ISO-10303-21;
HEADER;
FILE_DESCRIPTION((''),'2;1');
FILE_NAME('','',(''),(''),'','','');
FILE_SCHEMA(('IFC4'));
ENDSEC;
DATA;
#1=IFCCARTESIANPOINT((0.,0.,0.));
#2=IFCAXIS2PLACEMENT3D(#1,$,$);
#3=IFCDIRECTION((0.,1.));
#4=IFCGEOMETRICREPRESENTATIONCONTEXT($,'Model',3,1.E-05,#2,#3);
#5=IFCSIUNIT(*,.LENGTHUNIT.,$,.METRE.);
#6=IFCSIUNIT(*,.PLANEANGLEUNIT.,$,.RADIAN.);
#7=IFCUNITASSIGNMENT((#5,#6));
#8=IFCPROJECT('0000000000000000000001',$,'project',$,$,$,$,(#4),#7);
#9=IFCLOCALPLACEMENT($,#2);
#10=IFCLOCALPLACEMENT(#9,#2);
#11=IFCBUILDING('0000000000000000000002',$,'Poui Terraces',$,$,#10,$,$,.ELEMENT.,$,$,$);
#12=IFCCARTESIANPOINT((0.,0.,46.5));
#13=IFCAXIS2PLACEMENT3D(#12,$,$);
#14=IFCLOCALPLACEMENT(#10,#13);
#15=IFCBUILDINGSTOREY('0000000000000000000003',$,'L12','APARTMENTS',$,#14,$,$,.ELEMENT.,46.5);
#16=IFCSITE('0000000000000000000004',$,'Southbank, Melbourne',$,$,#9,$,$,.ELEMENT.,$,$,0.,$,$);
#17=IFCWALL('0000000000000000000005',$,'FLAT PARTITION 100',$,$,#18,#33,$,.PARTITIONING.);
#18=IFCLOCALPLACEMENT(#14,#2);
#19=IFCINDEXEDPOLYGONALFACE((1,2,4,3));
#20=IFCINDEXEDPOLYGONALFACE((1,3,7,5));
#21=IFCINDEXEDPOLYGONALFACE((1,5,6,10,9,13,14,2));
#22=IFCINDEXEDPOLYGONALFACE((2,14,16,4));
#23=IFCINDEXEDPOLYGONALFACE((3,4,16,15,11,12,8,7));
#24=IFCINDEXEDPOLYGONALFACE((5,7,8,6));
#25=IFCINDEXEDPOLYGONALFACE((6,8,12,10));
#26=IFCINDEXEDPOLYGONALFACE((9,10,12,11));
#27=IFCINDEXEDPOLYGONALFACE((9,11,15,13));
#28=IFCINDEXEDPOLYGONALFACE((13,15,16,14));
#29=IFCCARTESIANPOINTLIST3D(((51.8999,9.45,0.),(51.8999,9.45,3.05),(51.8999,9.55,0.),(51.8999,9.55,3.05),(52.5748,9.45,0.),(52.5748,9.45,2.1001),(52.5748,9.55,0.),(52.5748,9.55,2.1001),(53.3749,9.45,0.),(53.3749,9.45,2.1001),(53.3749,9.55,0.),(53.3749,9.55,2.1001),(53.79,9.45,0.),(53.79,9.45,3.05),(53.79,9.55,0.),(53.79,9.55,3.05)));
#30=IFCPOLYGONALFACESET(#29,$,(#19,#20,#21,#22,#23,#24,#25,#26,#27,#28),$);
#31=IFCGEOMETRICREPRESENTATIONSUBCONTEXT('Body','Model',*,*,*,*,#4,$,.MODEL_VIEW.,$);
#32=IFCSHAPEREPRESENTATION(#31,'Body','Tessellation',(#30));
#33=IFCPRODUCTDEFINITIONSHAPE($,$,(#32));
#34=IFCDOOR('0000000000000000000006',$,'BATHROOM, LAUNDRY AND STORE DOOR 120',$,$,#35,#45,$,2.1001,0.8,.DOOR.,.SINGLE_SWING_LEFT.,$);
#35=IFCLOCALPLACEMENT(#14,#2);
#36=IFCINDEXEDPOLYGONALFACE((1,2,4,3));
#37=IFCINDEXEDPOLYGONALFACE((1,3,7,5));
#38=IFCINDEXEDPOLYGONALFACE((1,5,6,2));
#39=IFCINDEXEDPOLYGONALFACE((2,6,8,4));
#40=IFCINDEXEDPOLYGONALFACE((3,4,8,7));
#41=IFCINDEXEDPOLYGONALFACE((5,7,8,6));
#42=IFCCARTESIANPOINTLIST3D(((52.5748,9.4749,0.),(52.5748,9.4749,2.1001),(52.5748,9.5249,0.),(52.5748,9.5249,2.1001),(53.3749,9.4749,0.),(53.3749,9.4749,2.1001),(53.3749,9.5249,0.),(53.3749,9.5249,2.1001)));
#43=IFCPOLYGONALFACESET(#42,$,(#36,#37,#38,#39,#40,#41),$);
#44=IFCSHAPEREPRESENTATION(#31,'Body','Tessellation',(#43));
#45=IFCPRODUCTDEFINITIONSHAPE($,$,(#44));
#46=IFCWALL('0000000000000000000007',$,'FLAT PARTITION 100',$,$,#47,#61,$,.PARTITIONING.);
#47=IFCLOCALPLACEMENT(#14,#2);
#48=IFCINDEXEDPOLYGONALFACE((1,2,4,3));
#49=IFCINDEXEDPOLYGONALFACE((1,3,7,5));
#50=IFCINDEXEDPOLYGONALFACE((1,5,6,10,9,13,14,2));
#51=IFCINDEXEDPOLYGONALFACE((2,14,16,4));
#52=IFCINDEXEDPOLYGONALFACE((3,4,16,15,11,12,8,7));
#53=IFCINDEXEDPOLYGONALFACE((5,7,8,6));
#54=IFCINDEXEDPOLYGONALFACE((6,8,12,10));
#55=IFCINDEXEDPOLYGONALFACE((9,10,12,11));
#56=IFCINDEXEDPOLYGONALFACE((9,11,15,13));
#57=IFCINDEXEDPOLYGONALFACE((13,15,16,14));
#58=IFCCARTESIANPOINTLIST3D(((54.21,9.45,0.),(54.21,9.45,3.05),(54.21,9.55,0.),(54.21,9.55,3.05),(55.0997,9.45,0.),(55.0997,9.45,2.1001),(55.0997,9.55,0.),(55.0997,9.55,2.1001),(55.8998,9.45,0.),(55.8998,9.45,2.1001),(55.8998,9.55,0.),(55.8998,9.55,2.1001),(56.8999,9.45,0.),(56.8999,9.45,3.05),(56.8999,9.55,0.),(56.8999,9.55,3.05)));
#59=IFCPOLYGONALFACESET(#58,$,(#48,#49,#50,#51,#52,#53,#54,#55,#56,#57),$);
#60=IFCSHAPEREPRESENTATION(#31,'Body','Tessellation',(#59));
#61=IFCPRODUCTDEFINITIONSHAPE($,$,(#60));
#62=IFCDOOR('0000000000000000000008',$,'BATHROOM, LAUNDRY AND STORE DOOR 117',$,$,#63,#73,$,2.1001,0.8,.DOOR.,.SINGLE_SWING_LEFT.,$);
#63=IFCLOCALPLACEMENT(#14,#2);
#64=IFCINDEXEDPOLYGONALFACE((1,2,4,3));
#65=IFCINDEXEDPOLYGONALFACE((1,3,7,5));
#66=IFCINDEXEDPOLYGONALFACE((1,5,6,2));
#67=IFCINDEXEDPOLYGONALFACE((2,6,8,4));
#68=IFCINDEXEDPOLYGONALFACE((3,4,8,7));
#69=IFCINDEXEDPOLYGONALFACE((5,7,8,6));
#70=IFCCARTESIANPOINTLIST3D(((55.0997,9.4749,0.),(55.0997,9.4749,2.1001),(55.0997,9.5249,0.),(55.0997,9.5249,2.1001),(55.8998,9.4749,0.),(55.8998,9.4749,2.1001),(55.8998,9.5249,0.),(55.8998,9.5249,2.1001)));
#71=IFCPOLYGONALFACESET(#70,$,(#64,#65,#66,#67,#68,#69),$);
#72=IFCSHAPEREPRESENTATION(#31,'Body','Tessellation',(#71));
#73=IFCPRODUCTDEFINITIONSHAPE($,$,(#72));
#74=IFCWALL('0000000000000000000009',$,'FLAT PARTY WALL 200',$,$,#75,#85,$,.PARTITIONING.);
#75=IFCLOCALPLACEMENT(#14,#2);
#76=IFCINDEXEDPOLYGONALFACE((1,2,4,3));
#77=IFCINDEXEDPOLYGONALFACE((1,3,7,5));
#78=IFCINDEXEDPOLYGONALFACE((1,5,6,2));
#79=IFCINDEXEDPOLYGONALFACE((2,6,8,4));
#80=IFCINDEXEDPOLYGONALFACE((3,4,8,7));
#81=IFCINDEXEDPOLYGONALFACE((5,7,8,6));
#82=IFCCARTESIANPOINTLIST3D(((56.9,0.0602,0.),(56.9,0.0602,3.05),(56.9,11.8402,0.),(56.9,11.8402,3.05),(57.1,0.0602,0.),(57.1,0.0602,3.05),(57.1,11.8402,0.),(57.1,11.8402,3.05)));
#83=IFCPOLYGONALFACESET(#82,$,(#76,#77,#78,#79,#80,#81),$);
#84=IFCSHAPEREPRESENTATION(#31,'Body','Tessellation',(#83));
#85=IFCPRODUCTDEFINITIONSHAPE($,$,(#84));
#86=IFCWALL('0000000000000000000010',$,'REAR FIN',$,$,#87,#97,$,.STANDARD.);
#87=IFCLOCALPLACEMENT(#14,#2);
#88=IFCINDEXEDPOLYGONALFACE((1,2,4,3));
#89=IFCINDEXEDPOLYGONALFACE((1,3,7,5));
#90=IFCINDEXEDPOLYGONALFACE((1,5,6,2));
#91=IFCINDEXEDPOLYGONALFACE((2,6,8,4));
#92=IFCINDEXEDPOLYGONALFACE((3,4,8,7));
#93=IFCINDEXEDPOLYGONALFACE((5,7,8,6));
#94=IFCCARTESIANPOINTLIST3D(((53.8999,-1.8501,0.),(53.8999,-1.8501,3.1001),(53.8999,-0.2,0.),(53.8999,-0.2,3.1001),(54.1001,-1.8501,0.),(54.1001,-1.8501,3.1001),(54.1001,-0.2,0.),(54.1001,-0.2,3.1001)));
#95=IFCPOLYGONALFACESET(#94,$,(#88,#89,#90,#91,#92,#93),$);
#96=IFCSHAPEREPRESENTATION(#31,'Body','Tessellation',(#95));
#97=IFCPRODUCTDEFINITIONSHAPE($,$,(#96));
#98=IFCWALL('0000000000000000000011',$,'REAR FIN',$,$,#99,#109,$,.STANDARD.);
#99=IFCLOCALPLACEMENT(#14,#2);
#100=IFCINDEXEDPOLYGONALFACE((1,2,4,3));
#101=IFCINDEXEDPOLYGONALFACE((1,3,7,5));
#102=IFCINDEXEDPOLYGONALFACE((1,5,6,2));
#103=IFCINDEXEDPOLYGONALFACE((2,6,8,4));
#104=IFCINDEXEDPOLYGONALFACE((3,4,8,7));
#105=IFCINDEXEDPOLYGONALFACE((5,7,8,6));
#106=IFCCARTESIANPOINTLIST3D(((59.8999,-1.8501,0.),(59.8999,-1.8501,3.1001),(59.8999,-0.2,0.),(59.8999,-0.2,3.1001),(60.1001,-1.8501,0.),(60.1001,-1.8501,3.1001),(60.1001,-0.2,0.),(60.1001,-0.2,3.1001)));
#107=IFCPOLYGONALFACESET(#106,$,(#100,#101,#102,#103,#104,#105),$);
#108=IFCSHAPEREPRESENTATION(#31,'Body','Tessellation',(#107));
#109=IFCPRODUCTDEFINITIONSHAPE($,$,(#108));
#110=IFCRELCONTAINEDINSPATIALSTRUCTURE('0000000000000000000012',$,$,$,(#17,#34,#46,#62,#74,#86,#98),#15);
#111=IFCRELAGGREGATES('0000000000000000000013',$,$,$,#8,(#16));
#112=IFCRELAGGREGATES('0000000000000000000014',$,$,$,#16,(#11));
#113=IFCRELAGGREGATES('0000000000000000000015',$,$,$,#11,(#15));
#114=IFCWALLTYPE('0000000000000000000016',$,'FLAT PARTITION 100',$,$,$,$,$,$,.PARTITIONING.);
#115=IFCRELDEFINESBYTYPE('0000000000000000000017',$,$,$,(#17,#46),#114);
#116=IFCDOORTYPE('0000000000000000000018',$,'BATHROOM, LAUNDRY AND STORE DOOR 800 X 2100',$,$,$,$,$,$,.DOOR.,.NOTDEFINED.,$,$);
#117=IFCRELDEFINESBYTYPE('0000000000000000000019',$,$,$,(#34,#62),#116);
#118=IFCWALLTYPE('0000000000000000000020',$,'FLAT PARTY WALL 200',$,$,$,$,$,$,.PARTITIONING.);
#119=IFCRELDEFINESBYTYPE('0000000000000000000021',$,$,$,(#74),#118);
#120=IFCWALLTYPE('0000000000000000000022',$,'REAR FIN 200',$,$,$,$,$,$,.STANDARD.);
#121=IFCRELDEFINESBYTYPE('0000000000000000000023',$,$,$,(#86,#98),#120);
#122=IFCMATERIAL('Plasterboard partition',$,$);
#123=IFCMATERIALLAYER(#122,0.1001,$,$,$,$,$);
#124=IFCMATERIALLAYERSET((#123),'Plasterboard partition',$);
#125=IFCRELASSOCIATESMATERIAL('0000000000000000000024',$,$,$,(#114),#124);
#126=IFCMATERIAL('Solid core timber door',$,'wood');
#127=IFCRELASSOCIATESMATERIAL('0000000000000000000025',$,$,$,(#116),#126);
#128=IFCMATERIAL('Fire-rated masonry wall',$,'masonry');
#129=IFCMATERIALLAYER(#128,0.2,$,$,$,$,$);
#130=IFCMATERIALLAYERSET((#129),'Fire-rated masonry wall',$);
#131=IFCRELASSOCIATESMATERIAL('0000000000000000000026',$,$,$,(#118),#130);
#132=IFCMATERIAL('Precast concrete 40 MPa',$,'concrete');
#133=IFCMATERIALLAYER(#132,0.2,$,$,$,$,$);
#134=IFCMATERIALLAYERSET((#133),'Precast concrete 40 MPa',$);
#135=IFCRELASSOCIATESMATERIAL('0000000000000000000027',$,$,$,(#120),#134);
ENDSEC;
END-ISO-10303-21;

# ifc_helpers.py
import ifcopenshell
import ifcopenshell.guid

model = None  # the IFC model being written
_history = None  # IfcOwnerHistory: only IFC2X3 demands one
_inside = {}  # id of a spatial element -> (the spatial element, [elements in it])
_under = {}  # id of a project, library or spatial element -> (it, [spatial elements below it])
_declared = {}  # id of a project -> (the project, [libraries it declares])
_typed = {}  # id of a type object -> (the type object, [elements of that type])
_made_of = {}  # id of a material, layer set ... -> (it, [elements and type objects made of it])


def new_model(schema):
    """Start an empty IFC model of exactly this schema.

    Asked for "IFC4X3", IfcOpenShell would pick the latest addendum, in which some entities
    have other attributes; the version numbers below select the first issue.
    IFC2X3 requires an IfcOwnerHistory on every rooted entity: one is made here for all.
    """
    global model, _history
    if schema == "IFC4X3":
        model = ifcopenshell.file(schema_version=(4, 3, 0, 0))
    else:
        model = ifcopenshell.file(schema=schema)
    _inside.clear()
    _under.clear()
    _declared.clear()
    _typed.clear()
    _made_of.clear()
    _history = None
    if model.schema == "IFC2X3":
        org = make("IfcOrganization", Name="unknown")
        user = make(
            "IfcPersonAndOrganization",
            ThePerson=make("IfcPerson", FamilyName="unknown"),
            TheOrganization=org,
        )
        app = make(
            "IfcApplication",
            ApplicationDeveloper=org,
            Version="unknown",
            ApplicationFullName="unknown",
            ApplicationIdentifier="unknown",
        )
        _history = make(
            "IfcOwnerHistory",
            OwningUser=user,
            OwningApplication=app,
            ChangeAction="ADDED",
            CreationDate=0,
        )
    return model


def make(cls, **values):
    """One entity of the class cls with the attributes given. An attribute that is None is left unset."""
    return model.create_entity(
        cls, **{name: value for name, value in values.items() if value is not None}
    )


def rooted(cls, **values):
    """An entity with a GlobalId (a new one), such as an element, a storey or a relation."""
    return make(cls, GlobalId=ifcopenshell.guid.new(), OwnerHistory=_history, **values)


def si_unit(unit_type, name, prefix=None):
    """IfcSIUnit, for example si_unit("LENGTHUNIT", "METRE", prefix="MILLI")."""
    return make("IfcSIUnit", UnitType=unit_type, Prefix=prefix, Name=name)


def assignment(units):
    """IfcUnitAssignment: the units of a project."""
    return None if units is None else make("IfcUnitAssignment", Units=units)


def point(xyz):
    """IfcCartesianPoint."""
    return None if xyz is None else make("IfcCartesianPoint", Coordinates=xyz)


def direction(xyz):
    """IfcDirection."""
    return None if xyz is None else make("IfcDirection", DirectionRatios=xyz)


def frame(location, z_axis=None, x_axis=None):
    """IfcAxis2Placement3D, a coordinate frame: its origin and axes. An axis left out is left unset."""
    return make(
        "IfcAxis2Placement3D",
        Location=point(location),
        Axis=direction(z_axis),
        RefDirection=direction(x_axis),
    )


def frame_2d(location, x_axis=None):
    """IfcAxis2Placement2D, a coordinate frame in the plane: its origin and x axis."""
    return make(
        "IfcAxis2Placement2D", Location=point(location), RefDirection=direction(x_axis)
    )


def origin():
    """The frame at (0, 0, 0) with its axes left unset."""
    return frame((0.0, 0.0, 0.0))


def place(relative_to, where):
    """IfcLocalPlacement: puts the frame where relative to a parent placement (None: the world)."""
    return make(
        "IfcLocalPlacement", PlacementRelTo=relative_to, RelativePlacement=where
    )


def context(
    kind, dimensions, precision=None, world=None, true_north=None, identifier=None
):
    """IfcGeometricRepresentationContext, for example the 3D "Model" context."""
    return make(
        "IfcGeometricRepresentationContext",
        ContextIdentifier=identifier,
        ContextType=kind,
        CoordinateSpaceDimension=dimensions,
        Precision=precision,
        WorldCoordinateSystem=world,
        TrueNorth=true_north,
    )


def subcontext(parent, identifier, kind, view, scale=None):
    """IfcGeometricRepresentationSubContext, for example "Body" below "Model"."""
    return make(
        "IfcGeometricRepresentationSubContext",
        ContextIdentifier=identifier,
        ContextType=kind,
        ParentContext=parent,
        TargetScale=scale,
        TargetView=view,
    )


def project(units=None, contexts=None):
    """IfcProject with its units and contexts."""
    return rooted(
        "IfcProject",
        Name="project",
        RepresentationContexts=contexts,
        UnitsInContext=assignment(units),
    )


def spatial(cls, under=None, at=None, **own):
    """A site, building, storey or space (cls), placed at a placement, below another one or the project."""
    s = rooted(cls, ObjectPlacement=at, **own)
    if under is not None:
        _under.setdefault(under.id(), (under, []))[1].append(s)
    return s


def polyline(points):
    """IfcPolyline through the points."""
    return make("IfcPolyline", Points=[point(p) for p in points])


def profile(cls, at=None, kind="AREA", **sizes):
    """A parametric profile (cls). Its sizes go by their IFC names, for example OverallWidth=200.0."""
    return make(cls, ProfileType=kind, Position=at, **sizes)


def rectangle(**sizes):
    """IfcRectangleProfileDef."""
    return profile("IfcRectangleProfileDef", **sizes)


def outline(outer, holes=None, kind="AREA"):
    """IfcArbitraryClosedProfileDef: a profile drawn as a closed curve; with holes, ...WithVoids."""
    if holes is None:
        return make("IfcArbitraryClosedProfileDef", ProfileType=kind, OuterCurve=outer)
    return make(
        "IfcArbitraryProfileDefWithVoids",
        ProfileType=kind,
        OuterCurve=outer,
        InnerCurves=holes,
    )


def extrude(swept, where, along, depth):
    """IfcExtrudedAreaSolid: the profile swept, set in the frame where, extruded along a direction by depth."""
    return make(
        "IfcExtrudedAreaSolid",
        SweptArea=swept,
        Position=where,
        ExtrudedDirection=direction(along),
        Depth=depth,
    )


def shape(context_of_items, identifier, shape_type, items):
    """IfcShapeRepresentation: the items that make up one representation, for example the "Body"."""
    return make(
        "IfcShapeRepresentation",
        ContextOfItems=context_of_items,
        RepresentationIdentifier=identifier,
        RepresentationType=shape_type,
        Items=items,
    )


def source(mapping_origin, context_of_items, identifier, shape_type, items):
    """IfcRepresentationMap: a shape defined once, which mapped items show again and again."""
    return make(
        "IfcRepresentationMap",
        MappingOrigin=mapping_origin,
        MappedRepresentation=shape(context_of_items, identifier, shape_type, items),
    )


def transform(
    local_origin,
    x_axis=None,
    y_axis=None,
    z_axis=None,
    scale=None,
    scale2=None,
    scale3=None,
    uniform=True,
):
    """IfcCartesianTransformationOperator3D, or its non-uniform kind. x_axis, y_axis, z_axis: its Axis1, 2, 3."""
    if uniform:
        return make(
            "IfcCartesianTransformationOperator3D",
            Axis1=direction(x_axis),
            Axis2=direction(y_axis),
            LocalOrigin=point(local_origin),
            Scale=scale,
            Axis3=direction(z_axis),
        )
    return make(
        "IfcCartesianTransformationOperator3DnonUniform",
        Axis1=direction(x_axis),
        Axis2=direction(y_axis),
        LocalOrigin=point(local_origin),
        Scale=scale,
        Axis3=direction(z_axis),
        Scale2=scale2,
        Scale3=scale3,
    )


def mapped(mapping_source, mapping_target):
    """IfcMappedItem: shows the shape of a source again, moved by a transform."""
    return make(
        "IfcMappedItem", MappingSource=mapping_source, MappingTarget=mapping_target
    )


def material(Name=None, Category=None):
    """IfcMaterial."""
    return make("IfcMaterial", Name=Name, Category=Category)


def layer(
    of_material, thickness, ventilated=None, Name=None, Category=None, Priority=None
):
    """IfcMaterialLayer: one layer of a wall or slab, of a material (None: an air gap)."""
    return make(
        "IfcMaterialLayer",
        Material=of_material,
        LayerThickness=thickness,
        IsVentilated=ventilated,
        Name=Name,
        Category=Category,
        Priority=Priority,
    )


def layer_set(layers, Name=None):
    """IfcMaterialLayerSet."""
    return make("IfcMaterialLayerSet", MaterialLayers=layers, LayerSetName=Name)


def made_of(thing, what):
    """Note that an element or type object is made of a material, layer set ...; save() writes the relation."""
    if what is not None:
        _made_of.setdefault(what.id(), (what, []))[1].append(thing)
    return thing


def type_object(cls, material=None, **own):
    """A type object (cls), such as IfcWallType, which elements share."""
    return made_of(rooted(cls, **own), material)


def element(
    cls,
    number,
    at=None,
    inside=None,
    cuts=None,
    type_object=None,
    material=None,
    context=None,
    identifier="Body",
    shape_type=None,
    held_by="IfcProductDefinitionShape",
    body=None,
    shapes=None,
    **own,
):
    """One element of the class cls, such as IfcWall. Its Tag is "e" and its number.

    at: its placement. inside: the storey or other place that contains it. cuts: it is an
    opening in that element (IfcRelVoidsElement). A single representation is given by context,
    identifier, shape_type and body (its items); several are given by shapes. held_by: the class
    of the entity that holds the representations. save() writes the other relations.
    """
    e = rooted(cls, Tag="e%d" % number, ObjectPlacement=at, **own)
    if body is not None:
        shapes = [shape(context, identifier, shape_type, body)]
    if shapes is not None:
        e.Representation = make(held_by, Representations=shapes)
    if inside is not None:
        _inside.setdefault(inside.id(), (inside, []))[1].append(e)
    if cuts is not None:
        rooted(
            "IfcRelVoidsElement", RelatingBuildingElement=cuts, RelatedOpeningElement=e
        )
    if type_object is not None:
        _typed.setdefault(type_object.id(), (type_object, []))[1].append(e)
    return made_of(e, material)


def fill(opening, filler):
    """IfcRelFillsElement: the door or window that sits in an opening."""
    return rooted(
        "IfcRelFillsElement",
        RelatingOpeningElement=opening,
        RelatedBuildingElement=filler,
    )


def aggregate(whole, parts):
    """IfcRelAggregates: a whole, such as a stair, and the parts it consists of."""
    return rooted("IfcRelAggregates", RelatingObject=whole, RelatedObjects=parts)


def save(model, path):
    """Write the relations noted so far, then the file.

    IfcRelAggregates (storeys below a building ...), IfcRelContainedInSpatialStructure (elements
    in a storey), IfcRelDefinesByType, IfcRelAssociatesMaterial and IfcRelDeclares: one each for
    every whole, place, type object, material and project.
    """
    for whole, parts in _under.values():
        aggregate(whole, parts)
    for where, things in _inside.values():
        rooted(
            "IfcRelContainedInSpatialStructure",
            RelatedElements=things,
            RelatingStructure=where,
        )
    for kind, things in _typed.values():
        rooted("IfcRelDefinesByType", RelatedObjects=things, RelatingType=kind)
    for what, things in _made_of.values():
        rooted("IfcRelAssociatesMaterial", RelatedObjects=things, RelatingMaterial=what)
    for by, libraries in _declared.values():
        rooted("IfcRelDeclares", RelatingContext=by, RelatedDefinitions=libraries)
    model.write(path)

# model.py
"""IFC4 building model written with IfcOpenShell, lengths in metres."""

from ifc_helpers import new_model, si_unit, direction, frame, frame_2d, origin, place, context, subcontext, project, spatial, polyline, rectangle, outline, extrude, source, transform, mapped, material, layer, layer_set, type_object, element, fill, save


model = new_model("IFC4")

# Units and contexts
model_context = context("Model", 3, precision=1e-05, world=origin(), true_north=direction((0.0, 1.0)))
body_context = subcontext(model_context, "Body", "Model", "MODEL_VIEW")
ifc_project = project(units=[si_unit("LENGTHUNIT", "METRE"), si_unit("PLANEANGLEUNIT", "RADIAN")], contexts=[model_context])

# Site, building, storey
site_placement = place(None, origin())
site = spatial("IfcSite", under=ifc_project, at=site_placement, Name="Southbank, Melbourne", CompositionType="ELEMENT", RefElevation=0.0)
building_placement = place(site_placement, origin())
building = spatial("IfcBuilding", under=site, at=building_placement, Name="Poui Terraces", CompositionType="ELEMENT")
storey_placement = place(building_placement, frame((0.0, 0.0, 46.5)))
storey = spatial("IfcBuildingStorey", under=building, at=storey_placement, Name="L12", Description="APARTMENTS", CompositionType="ELEMENT", Elevation=46.5)

# Shared definitions
ifc_material_1 = material(Name="Precast concrete 40 MPa", Category="concrete")

# Walls, openings, doors
ifc_material_2 = material(Name="Solid core timber door", Category="wood")
ifc_material_3 = material(Name="Plasterboard partition")
ifc_layer_1 = layer(ifc_material_3, 0.1001)
ifc_layer_set_1 = layer_set([ifc_layer_1], Name="Plasterboard partition")
wall_type_1 = type_object("IfcWallType", Name="FLAT PARTITION 100", PredefinedType="PARTITIONING", material=ifc_layer_set_1)
door_type_1 = type_object("IfcDoorType", Name="BATHROOM, LAUNDRY AND STORE DOOR 800 X 2100", OperationType="NOTDEFINED", PredefinedType="DOOR", material=ifc_material_2)
wall_1_placement = place(storey_placement, frame((51.8999, 9.5, 0.0), z_axis=(0.0, 0.0, 1.0), x_axis=(1.0, 0.0, 0.0)))
wall_1 = element("IfcWall", 1, at=wall_1_placement, inside=storey, type_object=wall_type_1, Name="FLAT PARTITION 100", PredefinedType="PARTITIONING", context=body_context, shape_type="SweptSolid", body=[
    extrude(rectangle(XDim=1.8901, YDim=0.1001, at=frame_2d((0.9451, 0.0))), origin(), (0.0, 0.0, 1.0), 3.05),
])
opening_1_placement = place(wall_1_placement, frame((0.675, 0.0, 0.0)))
opening_1 = element("IfcOpeningElement", 2, at=opening_1_placement, cuts=wall_1, PredefinedType="OPENING", context=body_context, shape_type="SweptSolid", body=[
    extrude(rectangle(XDim=0.8, YDim=2.1001, at=frame_2d((0.3999, 1.05))), frame((0.0, 0.0601, 0.0), z_axis=(0.0, -1.0, 0.0), x_axis=(1.0, 0.0, 0.0)), (0.0, 0.0, 1.0), 0.1201),
])
door_1_placement = place(opening_1_placement, origin())
door_1 = element("IfcDoor", 3, at=door_1_placement, inside=storey, type_object=door_type_1, Name="BATHROOM, LAUNDRY AND STORE DOOR 120", OperationType="SINGLE_SWING_LEFT", OverallHeight=2.1001, OverallWidth=0.8, PredefinedType="DOOR", context=body_context, shape_type="SweptSolid", body=[
    extrude(rectangle(XDim=0.8, YDim=2.1001, at=frame_2d((0.3999, 1.05))), frame((0.0, 0.0249, 0.0), z_axis=(0.0, -1.0, 0.0), x_axis=(1.0, 0.0, 0.0)), (0.0, 0.0, 1.0), 0.05),
])
fill(opening_1, door_1)
wall_2_placement = place(storey_placement, frame((54.21, 9.5, 0.0), z_axis=(0.0, 0.0, 1.0), x_axis=(1.0, 0.0, 0.0)))
wall_2 = element("IfcWall", 4, at=wall_2_placement, inside=storey, type_object=wall_type_1, Name="FLAT PARTITION 100", PredefinedType="PARTITIONING", context=body_context, shape_type="SweptSolid", body=[
    extrude(rectangle(XDim=2.6899, YDim=0.1001, at=frame_2d((1.345, 0.0))), origin(), (0.0, 0.0, 1.0), 3.05),
])
opening_2_placement = place(wall_2_placement, frame((0.8899, 0.0, 0.0)))
opening_2 = element("IfcOpeningElement", 5, at=opening_2_placement, cuts=wall_2, PredefinedType="OPENING", context=body_context, shape_type="SweptSolid", body=[
    extrude(rectangle(XDim=0.8, YDim=2.1001, at=frame_2d((0.3999, 1.05))), frame((0.0, 0.0601, 0.0), z_axis=(0.0, -1.0, 0.0), x_axis=(1.0, 0.0, 0.0)), (0.0, 0.0, 1.0), 0.1201),
])
door_2_placement = place(opening_2_placement, origin())
door_2 = element("IfcDoor", 6, at=door_2_placement, inside=storey, type_object=door_type_1, Name="BATHROOM, LAUNDRY AND STORE DOOR 117", OperationType="SINGLE_SWING_LEFT", OverallHeight=2.1001, OverallWidth=0.8, PredefinedType="DOOR", context=body_context, shape_type="SweptSolid", body=[
    extrude(rectangle(XDim=0.8, YDim=2.1001, at=frame_2d((0.3999, 1.05))), frame((0.0, 0.0249, 0.0), z_axis=(0.0, -1.0, 0.0), x_axis=(1.0, 0.0, 0.0)), (0.0, 0.0, 1.0), 0.05),
])
fill(opening_2, door_2)

# Walls
ifc_material_4 = material(Name="Fire-rated masonry wall", Category="masonry")
ifc_layer_2 = layer(ifc_material_4, 0.2)
ifc_layer_set_2 = layer_set([ifc_layer_2], Name="Fire-rated masonry wall")
wall_type_2 = type_object("IfcWallType", Name="FLAT PARTY WALL 200", PredefinedType="PARTITIONING", material=ifc_layer_set_2)
wall_3_placement = place(storey_placement, frame((57.0, 0.0601, 0.0), z_axis=(0.0, 0.0, 1.0), x_axis=(0.0, 1.0, 0.0)))
element("IfcWall", 7, at=wall_3_placement, inside=storey, type_object=wall_type_2, Name="FLAT PARTY WALL 200", PredefinedType="PARTITIONING", context=body_context, shape_type="SweptSolid", body=[
    extrude(rectangle(XDim=11.78, YDim=0.2, at=frame_2d((5.8901, 0.0))), origin(), (0.0, 0.0, 1.0), 3.05),
])
ifc_layer_3 = layer(ifc_material_1, 0.2)
ifc_layer_set_3 = layer_set([ifc_layer_3], Name="Precast concrete 40 MPa")
wall_type_3 = type_object("IfcWallType", Name="REAR FIN 200", PredefinedType="STANDARD", material=ifc_layer_set_3)
shared_shape_1 = source(origin(), body_context, "Body", "SweptSolid", [
    extrude(outline(polyline([(0.0, 0.0), (0.2002, 0.0), (0.2002, 1.6501), (0.0, 1.6501), (0.0, 0.0)])), origin(), (0.0, 0.0, 1.0), 3.1001),
])
for number, where, name in (
    (8, (53.8999, -1.8501, 0.0), "REAR FIN"),
    (9, (59.8999, -1.8501, 0.0), "REAR FIN"),
):
    element("IfcWall", number, at=place(storey_placement, frame(where)), inside=storey, type_object=wall_type_3, Name=name, PredefinedType="STANDARD", context=body_context, shape_type="MappedRepresentation", body=[
        mapped(shared_shape_1, transform((0.0, 0.0, 0.0))),
    ])

save(model, "model.ifc")
